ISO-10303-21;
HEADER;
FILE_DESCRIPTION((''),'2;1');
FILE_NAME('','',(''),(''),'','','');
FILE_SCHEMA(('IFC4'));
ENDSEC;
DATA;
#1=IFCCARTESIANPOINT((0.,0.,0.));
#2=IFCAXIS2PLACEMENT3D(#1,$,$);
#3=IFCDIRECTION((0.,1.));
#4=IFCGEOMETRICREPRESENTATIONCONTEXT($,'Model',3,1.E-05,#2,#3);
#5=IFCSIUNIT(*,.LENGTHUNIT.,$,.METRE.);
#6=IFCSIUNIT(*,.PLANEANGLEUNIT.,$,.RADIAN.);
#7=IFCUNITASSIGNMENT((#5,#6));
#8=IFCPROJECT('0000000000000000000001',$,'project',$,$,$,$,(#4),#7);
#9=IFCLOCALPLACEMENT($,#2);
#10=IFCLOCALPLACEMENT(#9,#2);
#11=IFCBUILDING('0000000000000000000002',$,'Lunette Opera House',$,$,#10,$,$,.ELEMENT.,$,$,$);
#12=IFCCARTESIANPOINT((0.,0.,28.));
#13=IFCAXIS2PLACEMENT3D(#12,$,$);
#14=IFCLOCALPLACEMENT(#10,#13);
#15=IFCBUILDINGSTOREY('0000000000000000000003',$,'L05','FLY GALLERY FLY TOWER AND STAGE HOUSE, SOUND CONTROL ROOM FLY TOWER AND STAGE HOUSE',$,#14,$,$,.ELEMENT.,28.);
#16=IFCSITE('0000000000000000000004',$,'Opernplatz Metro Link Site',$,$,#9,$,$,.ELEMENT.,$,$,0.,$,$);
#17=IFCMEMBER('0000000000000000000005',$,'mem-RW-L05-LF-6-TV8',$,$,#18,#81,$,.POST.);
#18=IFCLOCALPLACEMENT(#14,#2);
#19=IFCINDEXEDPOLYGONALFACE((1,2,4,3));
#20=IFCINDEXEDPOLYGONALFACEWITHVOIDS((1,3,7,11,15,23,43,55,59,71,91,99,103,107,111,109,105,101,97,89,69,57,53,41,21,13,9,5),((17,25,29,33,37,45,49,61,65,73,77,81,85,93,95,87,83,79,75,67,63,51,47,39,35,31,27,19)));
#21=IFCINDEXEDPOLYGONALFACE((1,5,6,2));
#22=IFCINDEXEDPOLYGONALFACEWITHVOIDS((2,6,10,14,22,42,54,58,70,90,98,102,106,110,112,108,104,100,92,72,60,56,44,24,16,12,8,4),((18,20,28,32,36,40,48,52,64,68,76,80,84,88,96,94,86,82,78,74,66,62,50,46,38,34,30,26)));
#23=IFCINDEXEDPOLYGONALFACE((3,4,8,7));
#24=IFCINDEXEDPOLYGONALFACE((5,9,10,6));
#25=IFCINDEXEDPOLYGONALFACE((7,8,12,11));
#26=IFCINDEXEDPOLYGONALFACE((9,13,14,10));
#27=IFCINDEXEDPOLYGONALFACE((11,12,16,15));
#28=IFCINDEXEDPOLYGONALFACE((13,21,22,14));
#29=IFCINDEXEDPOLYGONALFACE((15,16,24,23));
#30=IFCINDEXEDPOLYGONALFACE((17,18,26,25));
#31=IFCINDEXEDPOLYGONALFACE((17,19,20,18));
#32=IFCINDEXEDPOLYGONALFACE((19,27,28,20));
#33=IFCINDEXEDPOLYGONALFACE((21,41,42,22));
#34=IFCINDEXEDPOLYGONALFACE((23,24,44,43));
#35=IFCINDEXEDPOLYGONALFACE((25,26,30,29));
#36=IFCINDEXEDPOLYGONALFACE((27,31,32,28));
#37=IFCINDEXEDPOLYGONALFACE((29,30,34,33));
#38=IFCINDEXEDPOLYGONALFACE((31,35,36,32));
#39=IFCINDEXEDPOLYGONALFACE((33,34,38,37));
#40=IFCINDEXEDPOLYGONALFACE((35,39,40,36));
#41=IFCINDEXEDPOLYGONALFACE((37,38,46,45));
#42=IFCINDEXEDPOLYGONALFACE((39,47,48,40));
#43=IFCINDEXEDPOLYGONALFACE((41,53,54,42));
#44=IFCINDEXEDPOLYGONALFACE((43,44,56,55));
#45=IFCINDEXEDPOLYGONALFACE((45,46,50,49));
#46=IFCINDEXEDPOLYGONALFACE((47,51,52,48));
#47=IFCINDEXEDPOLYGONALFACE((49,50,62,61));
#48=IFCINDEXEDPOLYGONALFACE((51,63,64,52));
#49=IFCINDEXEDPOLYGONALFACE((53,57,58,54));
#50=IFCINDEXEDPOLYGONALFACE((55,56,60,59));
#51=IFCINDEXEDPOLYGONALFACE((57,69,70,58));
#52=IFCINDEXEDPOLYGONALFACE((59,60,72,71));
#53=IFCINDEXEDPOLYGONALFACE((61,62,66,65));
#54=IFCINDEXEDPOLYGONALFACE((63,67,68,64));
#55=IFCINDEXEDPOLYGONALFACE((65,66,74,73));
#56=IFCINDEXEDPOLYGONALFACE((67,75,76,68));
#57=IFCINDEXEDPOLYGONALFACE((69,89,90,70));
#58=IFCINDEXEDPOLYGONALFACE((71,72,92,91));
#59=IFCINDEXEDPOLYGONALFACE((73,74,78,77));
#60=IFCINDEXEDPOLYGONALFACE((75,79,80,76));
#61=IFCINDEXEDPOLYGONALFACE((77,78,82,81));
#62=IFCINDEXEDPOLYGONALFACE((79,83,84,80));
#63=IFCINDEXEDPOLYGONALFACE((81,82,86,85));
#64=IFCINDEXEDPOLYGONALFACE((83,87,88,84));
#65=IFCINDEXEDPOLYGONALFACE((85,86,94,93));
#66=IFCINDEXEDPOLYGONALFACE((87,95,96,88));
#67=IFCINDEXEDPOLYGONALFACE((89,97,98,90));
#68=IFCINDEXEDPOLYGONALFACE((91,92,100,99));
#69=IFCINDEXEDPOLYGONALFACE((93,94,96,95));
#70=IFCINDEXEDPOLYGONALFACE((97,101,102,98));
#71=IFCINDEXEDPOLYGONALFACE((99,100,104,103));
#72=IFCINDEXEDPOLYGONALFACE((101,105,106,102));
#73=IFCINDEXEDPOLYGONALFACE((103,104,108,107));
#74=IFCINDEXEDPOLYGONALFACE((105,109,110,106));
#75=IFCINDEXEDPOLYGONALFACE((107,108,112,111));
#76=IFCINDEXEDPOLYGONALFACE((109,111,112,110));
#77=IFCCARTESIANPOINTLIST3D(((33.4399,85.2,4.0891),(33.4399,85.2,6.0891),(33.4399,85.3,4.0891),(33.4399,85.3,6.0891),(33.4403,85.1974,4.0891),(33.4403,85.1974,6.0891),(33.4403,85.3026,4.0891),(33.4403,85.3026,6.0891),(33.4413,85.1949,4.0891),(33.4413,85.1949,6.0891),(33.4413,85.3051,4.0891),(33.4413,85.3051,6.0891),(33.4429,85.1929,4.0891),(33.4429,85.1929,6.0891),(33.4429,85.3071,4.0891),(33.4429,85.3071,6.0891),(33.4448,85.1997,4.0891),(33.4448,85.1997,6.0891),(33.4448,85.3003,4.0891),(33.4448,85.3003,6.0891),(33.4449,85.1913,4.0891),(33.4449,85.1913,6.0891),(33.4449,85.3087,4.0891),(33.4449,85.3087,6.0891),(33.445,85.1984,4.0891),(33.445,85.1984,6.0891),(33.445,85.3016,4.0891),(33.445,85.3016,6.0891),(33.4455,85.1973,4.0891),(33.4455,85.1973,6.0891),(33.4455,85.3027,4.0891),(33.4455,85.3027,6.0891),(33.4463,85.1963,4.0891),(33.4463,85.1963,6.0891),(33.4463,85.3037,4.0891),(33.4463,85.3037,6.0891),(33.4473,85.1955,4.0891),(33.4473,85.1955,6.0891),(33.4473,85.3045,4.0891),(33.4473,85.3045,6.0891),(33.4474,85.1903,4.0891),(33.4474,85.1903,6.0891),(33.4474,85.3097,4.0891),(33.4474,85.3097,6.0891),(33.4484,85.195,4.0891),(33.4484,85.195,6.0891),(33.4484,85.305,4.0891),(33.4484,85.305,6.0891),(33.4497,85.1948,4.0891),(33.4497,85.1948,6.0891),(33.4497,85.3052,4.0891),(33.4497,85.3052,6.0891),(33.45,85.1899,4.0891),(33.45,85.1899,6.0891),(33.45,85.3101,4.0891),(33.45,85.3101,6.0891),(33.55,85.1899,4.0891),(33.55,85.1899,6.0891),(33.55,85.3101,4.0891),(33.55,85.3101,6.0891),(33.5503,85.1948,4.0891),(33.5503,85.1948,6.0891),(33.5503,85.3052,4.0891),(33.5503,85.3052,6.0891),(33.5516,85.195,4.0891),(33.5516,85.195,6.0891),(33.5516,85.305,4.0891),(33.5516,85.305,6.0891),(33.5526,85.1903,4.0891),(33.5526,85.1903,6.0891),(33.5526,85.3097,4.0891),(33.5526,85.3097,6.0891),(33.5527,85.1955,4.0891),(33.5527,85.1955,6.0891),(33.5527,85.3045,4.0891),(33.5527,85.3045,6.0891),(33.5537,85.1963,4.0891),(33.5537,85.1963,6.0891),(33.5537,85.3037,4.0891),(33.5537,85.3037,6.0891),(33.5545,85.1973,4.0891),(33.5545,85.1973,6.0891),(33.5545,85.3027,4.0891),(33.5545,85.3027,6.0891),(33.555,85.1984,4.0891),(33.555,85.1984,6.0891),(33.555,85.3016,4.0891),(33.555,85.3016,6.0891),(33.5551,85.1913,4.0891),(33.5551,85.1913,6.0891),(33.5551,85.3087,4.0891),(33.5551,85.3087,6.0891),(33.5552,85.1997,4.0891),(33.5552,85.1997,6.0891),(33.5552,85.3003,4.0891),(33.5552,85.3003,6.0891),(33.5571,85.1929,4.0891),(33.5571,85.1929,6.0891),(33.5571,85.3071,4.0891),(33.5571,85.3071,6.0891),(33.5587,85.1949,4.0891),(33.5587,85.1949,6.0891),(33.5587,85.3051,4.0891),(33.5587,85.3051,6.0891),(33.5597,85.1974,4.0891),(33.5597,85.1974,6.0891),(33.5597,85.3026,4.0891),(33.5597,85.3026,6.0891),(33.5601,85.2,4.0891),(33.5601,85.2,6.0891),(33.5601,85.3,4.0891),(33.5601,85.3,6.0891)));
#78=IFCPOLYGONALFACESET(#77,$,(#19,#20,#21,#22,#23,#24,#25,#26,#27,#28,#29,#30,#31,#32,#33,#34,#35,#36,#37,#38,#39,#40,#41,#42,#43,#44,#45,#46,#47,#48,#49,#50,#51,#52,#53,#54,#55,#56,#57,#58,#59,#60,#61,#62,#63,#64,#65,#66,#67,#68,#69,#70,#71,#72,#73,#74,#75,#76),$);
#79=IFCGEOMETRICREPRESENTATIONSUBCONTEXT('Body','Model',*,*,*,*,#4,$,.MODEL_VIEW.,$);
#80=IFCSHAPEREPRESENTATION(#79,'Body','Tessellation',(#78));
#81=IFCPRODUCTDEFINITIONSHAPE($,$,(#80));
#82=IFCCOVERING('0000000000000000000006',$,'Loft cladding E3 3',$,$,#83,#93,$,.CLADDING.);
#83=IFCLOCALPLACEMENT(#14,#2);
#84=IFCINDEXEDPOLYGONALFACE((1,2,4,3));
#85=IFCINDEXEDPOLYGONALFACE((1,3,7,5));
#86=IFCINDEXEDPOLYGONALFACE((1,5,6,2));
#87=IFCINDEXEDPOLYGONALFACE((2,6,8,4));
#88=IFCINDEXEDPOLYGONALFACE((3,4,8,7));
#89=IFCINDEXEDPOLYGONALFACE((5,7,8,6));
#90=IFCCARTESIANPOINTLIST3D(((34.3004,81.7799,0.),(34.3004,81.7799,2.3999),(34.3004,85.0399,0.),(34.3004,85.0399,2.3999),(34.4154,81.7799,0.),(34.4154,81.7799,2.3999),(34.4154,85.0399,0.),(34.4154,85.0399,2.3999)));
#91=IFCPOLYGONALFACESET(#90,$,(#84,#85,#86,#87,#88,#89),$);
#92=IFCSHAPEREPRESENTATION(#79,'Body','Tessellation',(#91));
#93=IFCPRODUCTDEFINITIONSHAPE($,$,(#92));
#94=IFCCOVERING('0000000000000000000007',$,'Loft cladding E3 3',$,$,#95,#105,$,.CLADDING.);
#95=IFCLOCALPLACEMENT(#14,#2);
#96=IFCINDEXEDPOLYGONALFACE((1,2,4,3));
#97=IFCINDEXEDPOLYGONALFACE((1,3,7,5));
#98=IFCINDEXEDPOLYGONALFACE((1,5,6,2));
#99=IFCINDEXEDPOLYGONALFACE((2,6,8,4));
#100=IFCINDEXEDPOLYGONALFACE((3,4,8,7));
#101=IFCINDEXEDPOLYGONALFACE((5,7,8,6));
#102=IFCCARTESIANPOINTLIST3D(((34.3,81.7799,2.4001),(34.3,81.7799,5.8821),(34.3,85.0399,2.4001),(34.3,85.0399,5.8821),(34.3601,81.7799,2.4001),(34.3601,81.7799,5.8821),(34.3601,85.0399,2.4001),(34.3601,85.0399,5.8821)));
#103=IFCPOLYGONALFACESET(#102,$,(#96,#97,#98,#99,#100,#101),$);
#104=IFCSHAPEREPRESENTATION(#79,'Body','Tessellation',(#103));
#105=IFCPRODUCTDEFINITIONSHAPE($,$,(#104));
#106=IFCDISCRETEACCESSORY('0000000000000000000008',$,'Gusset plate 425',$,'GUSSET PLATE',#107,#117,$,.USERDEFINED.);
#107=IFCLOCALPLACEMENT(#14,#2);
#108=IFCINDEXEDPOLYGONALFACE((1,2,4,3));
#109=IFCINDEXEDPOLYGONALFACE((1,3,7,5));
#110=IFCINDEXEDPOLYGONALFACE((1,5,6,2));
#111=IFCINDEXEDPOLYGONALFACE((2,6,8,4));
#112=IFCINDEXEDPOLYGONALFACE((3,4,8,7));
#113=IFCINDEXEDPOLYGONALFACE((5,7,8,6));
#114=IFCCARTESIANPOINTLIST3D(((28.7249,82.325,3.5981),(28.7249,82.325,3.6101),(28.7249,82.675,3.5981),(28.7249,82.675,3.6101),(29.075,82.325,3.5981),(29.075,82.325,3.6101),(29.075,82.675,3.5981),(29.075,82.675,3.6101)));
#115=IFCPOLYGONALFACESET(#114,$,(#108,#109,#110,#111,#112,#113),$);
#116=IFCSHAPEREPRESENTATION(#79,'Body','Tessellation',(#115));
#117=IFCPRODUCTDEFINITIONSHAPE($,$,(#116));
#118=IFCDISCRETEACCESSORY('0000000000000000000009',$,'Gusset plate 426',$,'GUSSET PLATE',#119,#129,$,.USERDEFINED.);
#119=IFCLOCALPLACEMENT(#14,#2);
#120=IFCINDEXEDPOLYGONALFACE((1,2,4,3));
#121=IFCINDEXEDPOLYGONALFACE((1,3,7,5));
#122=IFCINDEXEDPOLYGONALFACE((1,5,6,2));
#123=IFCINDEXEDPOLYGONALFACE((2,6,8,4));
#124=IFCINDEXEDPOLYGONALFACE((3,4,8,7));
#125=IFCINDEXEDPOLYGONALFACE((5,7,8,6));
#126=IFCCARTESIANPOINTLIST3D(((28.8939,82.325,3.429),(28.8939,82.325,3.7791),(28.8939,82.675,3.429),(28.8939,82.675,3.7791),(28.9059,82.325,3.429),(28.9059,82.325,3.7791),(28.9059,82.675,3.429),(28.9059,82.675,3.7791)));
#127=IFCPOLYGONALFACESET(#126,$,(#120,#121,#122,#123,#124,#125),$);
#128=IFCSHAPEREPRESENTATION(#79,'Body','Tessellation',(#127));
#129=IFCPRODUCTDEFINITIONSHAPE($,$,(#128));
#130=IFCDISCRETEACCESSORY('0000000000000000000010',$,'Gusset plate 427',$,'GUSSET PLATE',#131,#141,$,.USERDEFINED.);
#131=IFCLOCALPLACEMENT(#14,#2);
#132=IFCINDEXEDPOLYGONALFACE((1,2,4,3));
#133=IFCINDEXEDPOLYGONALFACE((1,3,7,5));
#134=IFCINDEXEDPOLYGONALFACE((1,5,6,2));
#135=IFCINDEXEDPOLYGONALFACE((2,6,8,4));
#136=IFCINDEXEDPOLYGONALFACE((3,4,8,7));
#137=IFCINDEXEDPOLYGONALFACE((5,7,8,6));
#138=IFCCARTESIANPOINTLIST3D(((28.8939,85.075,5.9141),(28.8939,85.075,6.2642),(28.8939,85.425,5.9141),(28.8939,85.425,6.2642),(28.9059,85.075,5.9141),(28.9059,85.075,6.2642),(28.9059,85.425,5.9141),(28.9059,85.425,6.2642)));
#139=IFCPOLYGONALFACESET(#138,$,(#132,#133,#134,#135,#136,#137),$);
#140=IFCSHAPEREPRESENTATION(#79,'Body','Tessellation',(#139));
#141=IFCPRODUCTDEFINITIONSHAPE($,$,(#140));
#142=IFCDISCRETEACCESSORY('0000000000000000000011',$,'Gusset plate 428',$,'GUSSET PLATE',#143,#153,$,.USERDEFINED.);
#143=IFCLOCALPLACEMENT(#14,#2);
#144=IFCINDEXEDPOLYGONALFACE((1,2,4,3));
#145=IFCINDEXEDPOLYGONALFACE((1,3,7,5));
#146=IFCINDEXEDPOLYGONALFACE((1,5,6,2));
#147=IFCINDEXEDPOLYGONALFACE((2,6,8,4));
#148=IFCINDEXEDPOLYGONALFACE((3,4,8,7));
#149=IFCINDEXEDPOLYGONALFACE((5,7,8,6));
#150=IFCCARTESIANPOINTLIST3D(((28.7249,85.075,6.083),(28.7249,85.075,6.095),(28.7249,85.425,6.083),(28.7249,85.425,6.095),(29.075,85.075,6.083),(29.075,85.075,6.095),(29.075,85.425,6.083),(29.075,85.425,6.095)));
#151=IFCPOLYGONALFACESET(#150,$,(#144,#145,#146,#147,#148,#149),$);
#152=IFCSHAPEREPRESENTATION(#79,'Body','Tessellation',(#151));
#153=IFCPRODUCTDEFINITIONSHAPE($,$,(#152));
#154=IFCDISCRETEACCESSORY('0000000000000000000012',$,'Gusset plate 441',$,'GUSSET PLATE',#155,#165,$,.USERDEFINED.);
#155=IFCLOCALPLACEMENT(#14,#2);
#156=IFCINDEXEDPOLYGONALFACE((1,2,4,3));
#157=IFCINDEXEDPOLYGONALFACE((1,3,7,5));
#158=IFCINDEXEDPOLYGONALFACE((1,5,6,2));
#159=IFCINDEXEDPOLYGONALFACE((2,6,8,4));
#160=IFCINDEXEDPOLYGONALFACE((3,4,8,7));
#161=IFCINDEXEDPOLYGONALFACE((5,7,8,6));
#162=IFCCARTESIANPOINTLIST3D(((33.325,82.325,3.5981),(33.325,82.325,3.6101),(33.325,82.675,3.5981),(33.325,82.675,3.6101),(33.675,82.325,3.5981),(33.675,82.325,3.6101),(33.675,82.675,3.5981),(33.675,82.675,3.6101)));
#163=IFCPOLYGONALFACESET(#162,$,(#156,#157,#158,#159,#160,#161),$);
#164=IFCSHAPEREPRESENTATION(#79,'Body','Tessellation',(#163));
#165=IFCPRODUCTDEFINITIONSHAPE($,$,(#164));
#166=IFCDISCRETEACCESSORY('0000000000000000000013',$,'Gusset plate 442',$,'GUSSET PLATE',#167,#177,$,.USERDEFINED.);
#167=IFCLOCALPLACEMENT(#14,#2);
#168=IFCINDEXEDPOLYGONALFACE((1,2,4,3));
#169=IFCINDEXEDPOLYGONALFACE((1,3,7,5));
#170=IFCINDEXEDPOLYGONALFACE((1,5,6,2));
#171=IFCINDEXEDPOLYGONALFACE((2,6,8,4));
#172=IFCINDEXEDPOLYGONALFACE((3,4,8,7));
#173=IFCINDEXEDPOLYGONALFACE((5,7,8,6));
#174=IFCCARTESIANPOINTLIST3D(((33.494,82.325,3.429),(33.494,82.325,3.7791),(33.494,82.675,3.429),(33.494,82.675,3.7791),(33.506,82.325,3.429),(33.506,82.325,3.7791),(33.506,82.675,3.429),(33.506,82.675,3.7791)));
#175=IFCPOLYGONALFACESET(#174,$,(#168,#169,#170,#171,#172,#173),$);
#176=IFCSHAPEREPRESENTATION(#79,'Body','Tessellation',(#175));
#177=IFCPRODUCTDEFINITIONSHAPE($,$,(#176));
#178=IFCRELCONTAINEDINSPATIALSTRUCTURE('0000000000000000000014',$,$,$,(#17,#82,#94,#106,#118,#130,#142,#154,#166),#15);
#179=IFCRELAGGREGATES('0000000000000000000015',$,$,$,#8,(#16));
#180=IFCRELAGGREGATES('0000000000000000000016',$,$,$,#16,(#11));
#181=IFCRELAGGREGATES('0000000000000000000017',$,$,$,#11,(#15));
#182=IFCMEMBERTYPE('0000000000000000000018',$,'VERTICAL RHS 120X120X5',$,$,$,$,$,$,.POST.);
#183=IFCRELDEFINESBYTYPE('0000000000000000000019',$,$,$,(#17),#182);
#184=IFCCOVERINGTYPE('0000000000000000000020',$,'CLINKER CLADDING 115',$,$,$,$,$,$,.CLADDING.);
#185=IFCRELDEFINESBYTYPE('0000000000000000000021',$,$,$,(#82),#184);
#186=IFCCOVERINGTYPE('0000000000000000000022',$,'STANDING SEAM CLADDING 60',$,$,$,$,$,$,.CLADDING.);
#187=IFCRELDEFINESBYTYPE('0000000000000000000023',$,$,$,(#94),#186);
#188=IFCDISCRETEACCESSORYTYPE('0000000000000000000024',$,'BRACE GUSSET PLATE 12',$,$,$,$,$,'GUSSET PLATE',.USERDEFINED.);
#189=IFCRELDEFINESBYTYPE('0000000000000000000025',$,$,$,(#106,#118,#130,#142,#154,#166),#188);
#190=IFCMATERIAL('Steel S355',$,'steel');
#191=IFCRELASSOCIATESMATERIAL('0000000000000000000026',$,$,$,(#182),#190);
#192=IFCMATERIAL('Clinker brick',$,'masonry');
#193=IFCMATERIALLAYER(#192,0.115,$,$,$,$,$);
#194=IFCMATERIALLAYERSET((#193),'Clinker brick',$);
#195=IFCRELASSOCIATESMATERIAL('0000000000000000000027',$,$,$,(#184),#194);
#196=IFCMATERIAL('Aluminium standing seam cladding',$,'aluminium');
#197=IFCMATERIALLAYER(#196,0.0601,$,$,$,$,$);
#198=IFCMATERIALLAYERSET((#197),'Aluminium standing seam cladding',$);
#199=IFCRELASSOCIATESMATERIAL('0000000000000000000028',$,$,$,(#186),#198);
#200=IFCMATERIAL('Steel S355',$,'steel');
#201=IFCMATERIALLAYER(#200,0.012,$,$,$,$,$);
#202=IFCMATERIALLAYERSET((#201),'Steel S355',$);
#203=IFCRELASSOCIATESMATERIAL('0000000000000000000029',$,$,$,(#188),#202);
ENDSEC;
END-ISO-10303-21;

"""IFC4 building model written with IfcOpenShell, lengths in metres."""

from ifc_helpers import new_model, si_unit, direction, frame, origin, origin_2d, place, context, subcontext, project, spatial, rectangle, hollow_rectangle, extrude, material, layer, layer_set, material_profile, profile_set, type_object, element, save


model = new_model("IFC4")

# Units and contexts
model_context = context("Model", 3, precision=1e-05, world=origin(), true_north=direction((0.0, 1.0)))
body_context = subcontext(model_context, "Body", "Model", "MODEL_VIEW")
ifc_project = project(units=[si_unit("LENGTHUNIT", "METRE"), si_unit("PLANEANGLEUNIT", "RADIAN")], contexts=[model_context])

# Site, building, storey
site_placement = place(None, origin())
site = spatial("IfcSite", under=ifc_project, at=site_placement, Name="Opernplatz Metro Link Site", CompositionType="ELEMENT", RefElevation=0.0)
building_placement = place(site_placement, origin())
building = spatial("IfcBuilding", under=site, at=building_placement, Name="Lunette Opera House", CompositionType="ELEMENT")
storey_placement = place(building_placement, frame((0.0, 0.0, 28.0)))
storey = spatial("IfcBuildingStorey", under=building, at=storey_placement, Name="L05", Description="FLY GALLERY FLY TOWER AND STAGE HOUSE, SOUND CONTROL ROOM FLY TOWER AND STAGE HOUSE", CompositionType="ELEMENT", Elevation=28.0)

# Member
ifc_material_1 = material(Name="Steel S355", Category="steel")
ifc_material_profile_1 = material_profile(ifc_material_1, hollow_rectangle(XDim=0.1201, YDim=0.1201, WallThickness=0.0049, InnerFilletRadius=0.0049, OuterFilletRadius=0.01, at=origin_2d()), Name="RHS 120X120X5")
ifc_profile_set_1 = profile_set([ifc_material_profile_1], Name="Steel S355")
member_type_1 = type_object("IfcMemberType", Name="VERTICAL RHS 120X120X5", PredefinedType="POST", material=ifc_profile_set_1)
for number, where, z_axis, x_axis, name in (
    (1, (33.5, 85.25, 4.0891), (0.0, 0.0, 1.0), (1.0, 0.0, 0.0), "mem-RW-L05-LF-6-TV8"),
):
    element("IfcMember", number, at=place(storey_placement, frame(where, z_axis=z_axis, x_axis=x_axis)), inside=storey, type_object=member_type_1, Name=name, PredefinedType="POST", context=body_context, shape_type="SweptSolid", body=[
        extrude(hollow_rectangle(XDim=0.1201, YDim=0.1201, WallThickness=0.0049, InnerFilletRadius=0.0049, OuterFilletRadius=0.01, at=origin_2d()), origin(), (0.0, 0.0, 1.0), 2.0),
    ])

# Coverings
ifc_material_2 = material(Name="Clinker brick", Category="masonry")
ifc_layer_1 = layer(ifc_material_2, 0.115)
ifc_layer_set_1 = layer_set([ifc_layer_1], Name="Clinker brick")
covering_type_1 = type_object("IfcCoveringType", Name="CLINKER CLADDING 115", PredefinedType="CLADDING", material=ifc_layer_set_1)
covering_1_placement = place(storey_placement, frame((34.3579, 83.4099, 0.0), z_axis=(0.0, 0.0, 1.0), x_axis=(0.0, 1.0, 0.0)))
element("IfcCovering", 2, at=covering_1_placement, inside=storey, type_object=covering_type_1, Name="Loft cladding E3 3", PredefinedType="CLADDING", context=body_context, shape_type="SweptSolid", body=[
    extrude(rectangle(XDim=3.26, YDim=0.115, at=origin_2d()), origin(), (0.0, 0.0, 1.0), 2.3999),
])
ifc_material_3 = material(Name="Aluminium standing seam cladding", Category="aluminium")
ifc_layer_2 = layer(ifc_material_3, 0.0601)
ifc_layer_set_2 = layer_set([ifc_layer_2], Name="Aluminium standing seam cladding")
covering_type_2 = type_object("IfcCoveringType", Name="STANDING SEAM CLADDING 60", PredefinedType="CLADDING", material=ifc_layer_set_2)
covering_2_placement = place(storey_placement, frame((34.3301, 83.4099, 2.4001), z_axis=(0.0, 0.0, 1.0), x_axis=(0.0, 1.0, 0.0)))
element("IfcCovering", 3, at=covering_2_placement, inside=storey, type_object=covering_type_2, Name="Loft cladding E3 3", PredefinedType="CLADDING", context=body_context, shape_type="SweptSolid", body=[
    extrude(rectangle(XDim=3.26, YDim=0.0601, at=origin_2d()), origin(), (0.0, 0.0, 1.0), 3.4819),
])

# Discrete accessories
ifc_material_4 = material(Name="Steel S355", Category="steel")
ifc_layer_3 = layer(ifc_material_4, 0.012)
ifc_layer_set_3 = layer_set([ifc_layer_3], Name="Steel S355")
discrete_accessory_type = type_object("IfcDiscreteAccessoryType", Name="BRACE GUSSET PLATE 12", ElementType="GUSSET PLATE", PredefinedType="USERDEFINED", material=ifc_layer_set_3)
discrete_accessory_1_placement = place(storey_placement, frame((28.8999, 82.5, 3.5981), z_axis=(0.0, 0.0, 1.0), x_axis=(0.0, 1.0, 0.0)))
element("IfcDiscreteAccessory", 4, at=discrete_accessory_1_placement, inside=storey, type_object=discrete_accessory_type, Name="Gusset plate 425", ObjectType="GUSSET PLATE", PredefinedType="USERDEFINED", context=body_context, shape_type="SweptSolid", body=[
    extrude(rectangle(XDim=0.3501, YDim=0.3501, at=origin_2d()), origin(), (0.0, 0.0, 1.0), 0.012),
])
for number, where, z_axis, x_axis, name in (
    (5, (28.8999, 82.5, 3.429), (0.0, 0.0, 1.0), (0.0, 1.0, 0.0), "Gusset plate 426"),
    (6, (28.8999, 85.25, 5.9141), (0.0, 0.0, 1.0), (0.0, 1.0, 0.0), "Gusset plate 427"),
):
    element("IfcDiscreteAccessory", number, at=place(storey_placement, frame(where, z_axis=z_axis, x_axis=x_axis)), inside=storey, type_object=discrete_accessory_type, Name=name, ObjectType="GUSSET PLATE", PredefinedType="USERDEFINED", context=body_context, shape_type="SweptSolid", body=[
        extrude(rectangle(XDim=0.3501, YDim=0.012, at=origin_2d()), origin(), (0.0, 0.0, 1.0), 0.3501),
    ])
for number, where, z_axis, x_axis, name in (
    (7, (28.8999, 85.25, 6.083), (0.0, 0.0, 1.0), (0.0, 1.0, 0.0), "Gusset plate 428"),
    (8, (33.5, 82.5, 3.5981), (0.0, 0.0, 1.0), (0.0, 1.0, 0.0), "Gusset plate 441"),
):
    element("IfcDiscreteAccessory", number, at=place(storey_placement, frame(where, z_axis=z_axis, x_axis=x_axis)), inside=storey, type_object=discrete_accessory_type, Name=name, ObjectType="GUSSET PLATE", PredefinedType="USERDEFINED", context=body_context, shape_type="SweptSolid", body=[
        extrude(rectangle(XDim=0.3501, YDim=0.3501, at=origin_2d()), origin(), (0.0, 0.0, 1.0), 0.012),
    ])
discrete_accessory_2_placement = place(storey_placement, frame((33.5, 82.5, 3.429), z_axis=(0.0, 0.0, 1.0), x_axis=(0.0, 1.0, 0.0)))
element("IfcDiscreteAccessory", 9, at=discrete_accessory_2_placement, inside=storey, type_object=discrete_accessory_type, Name="Gusset plate 442", ObjectType="GUSSET PLATE", PredefinedType="USERDEFINED", context=body_context, shape_type="SweptSolid", body=[
    extrude(rectangle(XDim=0.3501, YDim=0.012, at=origin_2d()), origin(), (0.0, 0.0, 1.0), 0.3501),
])

save(model, "model.ifc")
